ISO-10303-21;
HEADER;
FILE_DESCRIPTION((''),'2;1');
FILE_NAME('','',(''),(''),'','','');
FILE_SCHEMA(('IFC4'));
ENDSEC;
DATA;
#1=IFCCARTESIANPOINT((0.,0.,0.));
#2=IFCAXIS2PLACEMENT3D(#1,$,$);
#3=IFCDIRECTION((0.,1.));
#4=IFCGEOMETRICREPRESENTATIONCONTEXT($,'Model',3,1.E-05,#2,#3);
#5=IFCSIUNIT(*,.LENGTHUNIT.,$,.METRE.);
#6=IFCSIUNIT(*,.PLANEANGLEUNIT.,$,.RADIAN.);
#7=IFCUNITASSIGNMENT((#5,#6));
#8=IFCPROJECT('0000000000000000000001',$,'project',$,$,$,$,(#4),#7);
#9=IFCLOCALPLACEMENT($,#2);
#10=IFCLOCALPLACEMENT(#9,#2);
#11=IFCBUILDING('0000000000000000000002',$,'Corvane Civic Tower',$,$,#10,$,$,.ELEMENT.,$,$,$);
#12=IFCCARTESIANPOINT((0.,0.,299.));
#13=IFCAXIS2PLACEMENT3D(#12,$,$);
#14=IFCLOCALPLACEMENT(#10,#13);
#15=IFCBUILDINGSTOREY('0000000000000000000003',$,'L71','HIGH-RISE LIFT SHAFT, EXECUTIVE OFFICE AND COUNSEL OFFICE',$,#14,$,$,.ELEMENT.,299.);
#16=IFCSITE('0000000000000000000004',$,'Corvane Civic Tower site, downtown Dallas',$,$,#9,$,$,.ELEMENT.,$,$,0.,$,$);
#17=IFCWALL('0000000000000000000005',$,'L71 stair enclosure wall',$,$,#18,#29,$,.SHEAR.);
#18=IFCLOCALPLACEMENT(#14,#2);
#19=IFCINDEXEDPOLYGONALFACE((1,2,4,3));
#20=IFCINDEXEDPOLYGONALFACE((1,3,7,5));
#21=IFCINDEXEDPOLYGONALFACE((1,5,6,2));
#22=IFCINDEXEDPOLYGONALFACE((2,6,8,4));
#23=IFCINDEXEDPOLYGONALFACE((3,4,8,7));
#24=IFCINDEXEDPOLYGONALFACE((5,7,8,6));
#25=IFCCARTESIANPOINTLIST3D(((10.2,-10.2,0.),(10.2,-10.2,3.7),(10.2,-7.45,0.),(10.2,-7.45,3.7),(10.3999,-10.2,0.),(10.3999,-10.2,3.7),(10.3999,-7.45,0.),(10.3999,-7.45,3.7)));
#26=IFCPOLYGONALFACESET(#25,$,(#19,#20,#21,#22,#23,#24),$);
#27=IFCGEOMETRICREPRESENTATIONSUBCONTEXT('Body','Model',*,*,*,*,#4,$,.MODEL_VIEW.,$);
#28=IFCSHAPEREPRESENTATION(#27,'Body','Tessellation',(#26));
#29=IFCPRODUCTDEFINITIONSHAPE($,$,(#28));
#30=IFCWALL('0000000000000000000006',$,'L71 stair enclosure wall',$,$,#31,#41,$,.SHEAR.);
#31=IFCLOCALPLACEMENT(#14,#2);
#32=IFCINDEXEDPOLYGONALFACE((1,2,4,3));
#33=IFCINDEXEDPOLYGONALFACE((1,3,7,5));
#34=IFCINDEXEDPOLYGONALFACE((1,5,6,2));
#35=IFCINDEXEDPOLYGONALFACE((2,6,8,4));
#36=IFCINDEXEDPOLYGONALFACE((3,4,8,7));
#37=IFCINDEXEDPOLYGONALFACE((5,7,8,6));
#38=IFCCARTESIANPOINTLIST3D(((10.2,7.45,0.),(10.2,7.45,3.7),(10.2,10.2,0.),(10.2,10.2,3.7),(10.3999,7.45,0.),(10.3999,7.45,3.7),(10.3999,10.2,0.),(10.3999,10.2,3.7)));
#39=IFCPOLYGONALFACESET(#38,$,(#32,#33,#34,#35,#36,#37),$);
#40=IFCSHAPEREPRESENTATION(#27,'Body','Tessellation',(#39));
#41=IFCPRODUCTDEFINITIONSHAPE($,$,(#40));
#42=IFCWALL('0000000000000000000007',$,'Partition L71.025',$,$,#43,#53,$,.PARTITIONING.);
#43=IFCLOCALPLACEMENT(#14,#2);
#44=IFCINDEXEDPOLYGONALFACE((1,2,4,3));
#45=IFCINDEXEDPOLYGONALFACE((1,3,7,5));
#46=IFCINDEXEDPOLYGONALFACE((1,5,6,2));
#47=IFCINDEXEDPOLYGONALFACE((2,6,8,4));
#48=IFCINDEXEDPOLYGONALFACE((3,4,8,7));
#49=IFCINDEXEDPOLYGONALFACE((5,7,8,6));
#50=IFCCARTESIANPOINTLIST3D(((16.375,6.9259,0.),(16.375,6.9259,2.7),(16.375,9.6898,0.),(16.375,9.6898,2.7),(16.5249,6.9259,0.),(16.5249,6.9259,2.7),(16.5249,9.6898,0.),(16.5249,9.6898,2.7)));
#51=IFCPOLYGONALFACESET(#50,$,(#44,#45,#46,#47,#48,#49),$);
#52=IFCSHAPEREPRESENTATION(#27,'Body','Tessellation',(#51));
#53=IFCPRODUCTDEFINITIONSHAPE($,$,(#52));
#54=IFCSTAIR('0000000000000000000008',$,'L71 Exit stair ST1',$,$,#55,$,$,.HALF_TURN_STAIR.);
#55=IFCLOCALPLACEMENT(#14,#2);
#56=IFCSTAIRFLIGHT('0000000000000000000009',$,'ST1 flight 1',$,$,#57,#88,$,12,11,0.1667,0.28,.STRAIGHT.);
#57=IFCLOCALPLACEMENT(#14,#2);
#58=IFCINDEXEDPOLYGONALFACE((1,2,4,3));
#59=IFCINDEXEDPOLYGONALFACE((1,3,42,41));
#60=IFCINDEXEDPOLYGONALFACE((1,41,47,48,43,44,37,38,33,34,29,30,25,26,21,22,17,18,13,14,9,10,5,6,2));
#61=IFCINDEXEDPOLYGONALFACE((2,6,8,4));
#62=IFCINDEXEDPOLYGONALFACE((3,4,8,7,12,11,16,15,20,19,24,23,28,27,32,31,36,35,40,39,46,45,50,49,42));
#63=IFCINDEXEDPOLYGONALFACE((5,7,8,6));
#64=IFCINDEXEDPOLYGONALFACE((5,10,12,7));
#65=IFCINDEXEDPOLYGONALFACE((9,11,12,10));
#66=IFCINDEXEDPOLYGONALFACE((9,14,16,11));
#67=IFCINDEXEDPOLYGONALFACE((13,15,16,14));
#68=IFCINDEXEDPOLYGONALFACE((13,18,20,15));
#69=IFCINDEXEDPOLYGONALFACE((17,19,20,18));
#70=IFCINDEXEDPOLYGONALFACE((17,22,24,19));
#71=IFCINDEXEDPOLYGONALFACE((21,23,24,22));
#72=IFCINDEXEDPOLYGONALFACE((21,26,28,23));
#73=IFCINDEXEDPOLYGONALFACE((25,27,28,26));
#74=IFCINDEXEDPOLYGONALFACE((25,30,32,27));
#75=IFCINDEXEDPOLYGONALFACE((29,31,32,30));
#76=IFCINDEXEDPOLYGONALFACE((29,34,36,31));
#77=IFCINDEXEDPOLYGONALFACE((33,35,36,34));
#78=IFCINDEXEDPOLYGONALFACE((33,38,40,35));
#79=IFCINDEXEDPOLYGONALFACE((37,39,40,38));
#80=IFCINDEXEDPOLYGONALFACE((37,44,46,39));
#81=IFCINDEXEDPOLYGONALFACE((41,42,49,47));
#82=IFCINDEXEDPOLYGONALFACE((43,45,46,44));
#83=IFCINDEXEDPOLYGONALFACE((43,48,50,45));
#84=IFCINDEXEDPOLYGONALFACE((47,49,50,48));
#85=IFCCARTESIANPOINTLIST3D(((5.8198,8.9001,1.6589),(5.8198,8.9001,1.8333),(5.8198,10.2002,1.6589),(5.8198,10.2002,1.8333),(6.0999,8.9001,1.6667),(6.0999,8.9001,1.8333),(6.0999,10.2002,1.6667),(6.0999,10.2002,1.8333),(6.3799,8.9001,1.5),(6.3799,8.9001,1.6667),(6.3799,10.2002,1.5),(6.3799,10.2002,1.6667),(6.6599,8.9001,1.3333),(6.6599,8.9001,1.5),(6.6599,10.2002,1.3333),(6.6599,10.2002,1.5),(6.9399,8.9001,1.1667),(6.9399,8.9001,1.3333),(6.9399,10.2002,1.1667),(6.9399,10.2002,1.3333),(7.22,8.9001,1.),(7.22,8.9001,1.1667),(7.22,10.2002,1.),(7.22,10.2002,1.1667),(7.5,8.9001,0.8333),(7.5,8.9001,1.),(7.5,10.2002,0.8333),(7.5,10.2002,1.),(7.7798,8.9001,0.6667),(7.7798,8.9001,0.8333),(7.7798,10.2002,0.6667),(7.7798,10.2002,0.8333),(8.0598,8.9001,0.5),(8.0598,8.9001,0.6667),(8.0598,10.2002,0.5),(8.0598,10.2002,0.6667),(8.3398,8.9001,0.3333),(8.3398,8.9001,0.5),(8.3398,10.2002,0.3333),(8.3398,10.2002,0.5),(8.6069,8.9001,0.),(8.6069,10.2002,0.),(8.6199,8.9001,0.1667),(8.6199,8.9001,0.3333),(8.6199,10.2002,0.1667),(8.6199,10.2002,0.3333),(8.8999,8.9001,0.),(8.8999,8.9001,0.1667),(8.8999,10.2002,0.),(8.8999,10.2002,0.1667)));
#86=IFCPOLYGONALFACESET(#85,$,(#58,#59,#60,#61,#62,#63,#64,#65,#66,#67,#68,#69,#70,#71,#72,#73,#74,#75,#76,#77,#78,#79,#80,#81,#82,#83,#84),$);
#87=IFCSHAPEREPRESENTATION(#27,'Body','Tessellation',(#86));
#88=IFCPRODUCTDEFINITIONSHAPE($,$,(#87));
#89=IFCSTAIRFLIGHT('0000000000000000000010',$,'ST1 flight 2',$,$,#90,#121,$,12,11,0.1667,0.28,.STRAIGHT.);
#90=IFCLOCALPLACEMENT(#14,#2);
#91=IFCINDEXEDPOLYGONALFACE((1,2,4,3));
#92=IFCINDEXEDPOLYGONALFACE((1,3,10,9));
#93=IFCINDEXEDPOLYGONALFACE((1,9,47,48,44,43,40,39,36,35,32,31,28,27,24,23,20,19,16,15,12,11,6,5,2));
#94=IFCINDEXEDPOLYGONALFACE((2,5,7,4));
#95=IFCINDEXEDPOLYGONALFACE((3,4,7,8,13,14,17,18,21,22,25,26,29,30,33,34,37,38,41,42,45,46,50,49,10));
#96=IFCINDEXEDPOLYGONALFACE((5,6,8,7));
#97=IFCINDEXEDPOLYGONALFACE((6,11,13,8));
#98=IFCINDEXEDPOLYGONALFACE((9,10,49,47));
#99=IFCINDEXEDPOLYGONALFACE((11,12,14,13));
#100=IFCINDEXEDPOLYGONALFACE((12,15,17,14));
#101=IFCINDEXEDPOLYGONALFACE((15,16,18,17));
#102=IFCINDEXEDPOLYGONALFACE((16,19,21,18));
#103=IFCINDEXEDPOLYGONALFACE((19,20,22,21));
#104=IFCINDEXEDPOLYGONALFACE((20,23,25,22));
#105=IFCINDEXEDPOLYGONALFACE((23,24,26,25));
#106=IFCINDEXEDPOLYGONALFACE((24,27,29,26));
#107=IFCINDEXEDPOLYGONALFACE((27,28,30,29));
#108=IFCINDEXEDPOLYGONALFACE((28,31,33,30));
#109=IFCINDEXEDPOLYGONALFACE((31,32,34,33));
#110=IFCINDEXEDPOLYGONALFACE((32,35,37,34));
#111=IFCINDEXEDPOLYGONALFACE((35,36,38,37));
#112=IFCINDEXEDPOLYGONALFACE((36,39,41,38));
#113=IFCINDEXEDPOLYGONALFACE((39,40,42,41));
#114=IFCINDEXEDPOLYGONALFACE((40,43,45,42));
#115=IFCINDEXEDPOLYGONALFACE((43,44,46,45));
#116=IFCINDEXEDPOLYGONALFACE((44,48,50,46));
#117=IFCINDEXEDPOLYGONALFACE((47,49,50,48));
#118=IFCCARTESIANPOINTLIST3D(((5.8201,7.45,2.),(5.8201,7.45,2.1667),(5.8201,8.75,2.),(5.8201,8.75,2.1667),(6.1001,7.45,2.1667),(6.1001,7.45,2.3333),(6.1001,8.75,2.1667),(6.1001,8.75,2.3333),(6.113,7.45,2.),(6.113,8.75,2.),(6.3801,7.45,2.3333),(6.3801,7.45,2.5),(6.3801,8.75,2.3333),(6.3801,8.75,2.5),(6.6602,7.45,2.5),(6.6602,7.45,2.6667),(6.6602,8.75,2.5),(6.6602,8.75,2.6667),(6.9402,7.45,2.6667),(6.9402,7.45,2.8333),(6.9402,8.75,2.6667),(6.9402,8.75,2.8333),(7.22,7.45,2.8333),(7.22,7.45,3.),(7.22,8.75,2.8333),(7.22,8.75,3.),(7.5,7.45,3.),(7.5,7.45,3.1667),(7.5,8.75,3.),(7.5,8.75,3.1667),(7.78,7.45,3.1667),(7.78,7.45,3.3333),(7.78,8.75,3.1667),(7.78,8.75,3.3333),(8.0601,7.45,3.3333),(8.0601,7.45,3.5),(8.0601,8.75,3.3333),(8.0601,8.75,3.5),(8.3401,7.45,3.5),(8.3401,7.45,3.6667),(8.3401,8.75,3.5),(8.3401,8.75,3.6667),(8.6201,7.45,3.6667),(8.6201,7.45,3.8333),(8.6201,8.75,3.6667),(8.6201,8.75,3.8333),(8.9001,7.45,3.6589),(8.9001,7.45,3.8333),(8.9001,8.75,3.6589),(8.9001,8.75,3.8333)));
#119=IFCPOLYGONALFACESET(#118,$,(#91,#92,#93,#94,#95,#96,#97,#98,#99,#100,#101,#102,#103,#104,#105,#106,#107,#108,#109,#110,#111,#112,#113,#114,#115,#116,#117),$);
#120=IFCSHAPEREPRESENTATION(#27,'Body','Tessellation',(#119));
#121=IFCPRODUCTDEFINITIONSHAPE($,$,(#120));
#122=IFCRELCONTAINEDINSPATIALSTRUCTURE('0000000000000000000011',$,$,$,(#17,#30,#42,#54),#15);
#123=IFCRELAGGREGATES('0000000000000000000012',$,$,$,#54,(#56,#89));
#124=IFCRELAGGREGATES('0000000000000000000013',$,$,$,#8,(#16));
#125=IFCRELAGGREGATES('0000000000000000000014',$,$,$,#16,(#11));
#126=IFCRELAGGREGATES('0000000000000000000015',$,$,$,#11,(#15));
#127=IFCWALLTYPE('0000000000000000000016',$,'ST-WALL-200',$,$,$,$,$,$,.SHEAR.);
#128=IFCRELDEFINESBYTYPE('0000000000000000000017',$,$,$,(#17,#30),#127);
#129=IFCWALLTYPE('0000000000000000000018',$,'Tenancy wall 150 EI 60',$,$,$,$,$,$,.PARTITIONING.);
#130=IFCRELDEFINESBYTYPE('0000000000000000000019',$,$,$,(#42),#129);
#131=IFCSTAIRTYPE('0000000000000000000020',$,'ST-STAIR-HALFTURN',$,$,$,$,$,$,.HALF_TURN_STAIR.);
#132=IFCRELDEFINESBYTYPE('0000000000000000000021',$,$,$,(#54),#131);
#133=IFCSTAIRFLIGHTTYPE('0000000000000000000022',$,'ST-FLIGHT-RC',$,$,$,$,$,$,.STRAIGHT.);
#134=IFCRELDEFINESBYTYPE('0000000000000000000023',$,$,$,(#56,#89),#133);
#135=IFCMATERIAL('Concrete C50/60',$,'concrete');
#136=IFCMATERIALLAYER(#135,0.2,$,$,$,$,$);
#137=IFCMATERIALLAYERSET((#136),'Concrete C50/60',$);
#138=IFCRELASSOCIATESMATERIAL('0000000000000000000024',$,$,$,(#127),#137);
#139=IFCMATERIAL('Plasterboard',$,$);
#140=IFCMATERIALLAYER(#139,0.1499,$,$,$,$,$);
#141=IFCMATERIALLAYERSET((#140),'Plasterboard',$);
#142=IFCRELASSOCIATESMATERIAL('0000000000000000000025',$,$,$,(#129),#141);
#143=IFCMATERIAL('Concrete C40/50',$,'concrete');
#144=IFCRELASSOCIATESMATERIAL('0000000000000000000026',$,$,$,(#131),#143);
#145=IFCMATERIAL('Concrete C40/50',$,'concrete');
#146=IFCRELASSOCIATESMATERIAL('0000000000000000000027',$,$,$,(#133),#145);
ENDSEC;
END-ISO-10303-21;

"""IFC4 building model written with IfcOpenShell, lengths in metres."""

from ifc_helpers import new_model, si_unit, direction, frame, frame_2d, origin, place, context, subcontext, project, spatial, polyline, rectangle, outline, extrude, material, layer, layer_set, type_object, element, aggregate, save


model = new_model("IFC4")

# Units and contexts
model_context = context("Model", 3, precision=1e-05, world=origin(), true_north=direction((0.0, 1.0)))
body_context = subcontext(model_context, "Body", "Model", "MODEL_VIEW")
ifc_project = project(units=[si_unit("LENGTHUNIT", "METRE"), si_unit("PLANEANGLEUNIT", "RADIAN")], contexts=[model_context])

# Site, building, storey
site_placement = place(None, origin())
site = spatial("IfcSite", under=ifc_project, at=site_placement, Name="Corvane Civic Tower site, downtown Dallas", CompositionType="ELEMENT", RefElevation=0.0)
building_placement = place(site_placement, origin())
building = spatial("IfcBuilding", under=site, at=building_placement, Name="Corvane Civic Tower", CompositionType="ELEMENT")
storey_placement = place(building_placement, frame((0.0, 0.0, 299.0)))
storey = spatial("IfcBuildingStorey", under=building, at=storey_placement, Name="L71", Description="HIGH-RISE LIFT SHAFT, EXECUTIVE OFFICE AND COUNSEL OFFICE", CompositionType="ELEMENT", Elevation=299.0)

# Shared definitions
ifc_material_1 = material(Name="Concrete C50/60", Category="concrete")
ifc_layer_1 = layer(ifc_material_1, 0.2)
ifc_layer_set_1 = layer_set([ifc_layer_1], Name="Concrete C50/60")
wall_type_1 = type_object("IfcWallType", Name="ST-WALL-200", PredefinedType="SHEAR", material=ifc_layer_set_1)

# Walls
wall_1_placement = place(storey_placement, origin())
element("IfcWall", 1, at=wall_1_placement, inside=storey, type_object=wall_type_1, Name="L71 stair enclosure wall", PredefinedType="SHEAR", context=body_context, shape_type="SweptSolid", body=[
    extrude(outline(polyline([(10.3999, -7.45), (10.3999, -10.2), (10.2, -10.2), (10.2, -7.45), (10.3999, -7.45)])), origin(), (0.0, 0.0, 1.0), 3.7),
])
wall_2_placement = place(storey_placement, origin())
element("IfcWall", 2, at=wall_2_placement, inside=storey, type_object=wall_type_1, Name="L71 stair enclosure wall", PredefinedType="SHEAR", context=body_context, shape_type="SweptSolid", body=[
    extrude(outline(polyline([(10.3999, 7.45), (10.2, 7.45), (10.2, 10.2), (10.3999, 10.2), (10.3999, 7.45)])), origin(), (0.0, 0.0, 1.0), 3.7),
])
ifc_material_2 = material(Name="Plasterboard")
ifc_layer_2 = layer(ifc_material_2, 0.1499)
ifc_layer_set_2 = layer_set([ifc_layer_2], Name="Plasterboard")
wall_type_2 = type_object("IfcWallType", Name="Tenancy wall 150 EI 60", PredefinedType="PARTITIONING", material=ifc_layer_set_2)
wall_3_placement = place(storey_placement, frame((16.45, 6.926, 0.0), z_axis=(0.0, 0.0, 1.0), x_axis=(0.0, 1.0, 0.0)))
element("IfcWall", 3, at=wall_3_placement, inside=storey, type_object=wall_type_2, Name="Partition L71.025", PredefinedType="PARTITIONING", context=body_context, shape_type="SweptSolid", body=[
    extrude(rectangle(XDim=2.7639, YDim=0.1499, at=frame_2d((1.3818, 0.0))), origin(), (0.0, 0.0, 1.0), 2.7),
])

# Stair, stair flights
ifc_material_3 = material(Name="Concrete C40/50", Category="concrete")
stair_type = type_object("IfcStairType", Name="ST-STAIR-HALFTURN", PredefinedType="HALF_TURN_STAIR", material=ifc_material_3)
stair_placement = place(storey_placement, origin())
stair = element("IfcStair", 4, at=stair_placement, inside=storey, type_object=stair_type, Name="L71 Exit stair ST1", PredefinedType="HALF_TURN_STAIR")
ifc_material_4 = material(Name="Concrete C40/50", Category="concrete")
stair_flight_type = type_object("IfcStairFlightType", Name="ST-FLIGHT-RC", PredefinedType="STRAIGHT", material=ifc_material_4)
stair_flight_1_placement = place(storey_placement, frame((8.8999, 9.55, 0.0), z_axis=(0.0, 0.0, 1.0), x_axis=(-1.0, 0.0, 0.0)))
stair_flight_1 = element("IfcStairFlight", 5, at=stair_flight_1_placement, type_object=stair_flight_type, Name="ST1 flight 1", NumberOfRisers=12, NumberOfTreads=11, PredefinedType="STRAIGHT", RiserHeight=0.1667, TreadLength=0.28, context=body_context, shape_type="SweptSolid", body=[
    extrude(outline(polyline([(0.0, 0.0), (0.0, 0.1667), (0.28, 0.1667), (0.28, 0.3333), (0.5601, 0.3333), (0.5601, 0.5), (0.8401, 0.5), (0.8401, 0.6667), (1.1201, 0.6667), (1.1201, 0.8333), (1.3999, 0.8333), (1.3999, 1.0), (1.6799, 1.0), (1.6799, 1.1667), (1.96, 1.1667), (1.96, 1.3333), (2.24, 1.3333), (2.24, 1.5), (2.52, 1.5), (2.52, 1.6667), (2.8, 1.6667), (2.8, 1.8333), (3.0801, 1.8333), (3.0801, 2.0), (3.0801, 1.6589), (0.293, 0.0), (0.0, 0.0)])), frame((0.0, 0.6499, 0.0), z_axis=(0.0, -1.0, 0.0), x_axis=(1.0, 0.0, 0.0)), (0.0, 0.0, 1.0), 1.3),
])
stair_flight_2_placement = place(storey_placement, frame((5.8201, 8.1001, 2.0), z_axis=(0.0, 0.0, 1.0), x_axis=(1.0, 0.0, 0.0)))
stair_flight_2 = element("IfcStairFlight", 6, at=stair_flight_2_placement, type_object=stair_flight_type, Name="ST1 flight 2", NumberOfRisers=12, NumberOfTreads=11, PredefinedType="STRAIGHT", RiserHeight=0.1667, TreadLength=0.28, context=body_context, shape_type="SweptSolid", body=[
    extrude(outline(polyline([(0.0, 0.0), (0.0, 0.1667), (0.28, 0.1667), (0.28, 0.3333), (0.5601, 0.3333), (0.5601, 0.5), (0.8401, 0.5), (0.8401, 0.6667), (1.1201, 0.6667), (1.1201, 0.8333), (1.3999, 0.8333), (1.3999, 1.0), (1.6799, 1.0), (1.6799, 1.1667), (1.96, 1.1667), (1.96, 1.3333), (2.24, 1.3333), (2.24, 1.5), (2.52, 1.5), (2.52, 1.6667), (2.8, 1.6667), (2.8, 1.8333), (3.0801, 1.8333), (3.0801, 2.0), (3.0801, 1.6589), (0.293, 0.0), (0.0, 0.0)])), frame((0.0, 0.6499, 0.0), z_axis=(0.0, -1.0, 0.0), x_axis=(1.0, 0.0, 0.0)), (0.0, 0.0, 1.0), 1.3),
])
aggregate(stair, [stair_flight_1, stair_flight_2])

save(model, "model.ifc")
